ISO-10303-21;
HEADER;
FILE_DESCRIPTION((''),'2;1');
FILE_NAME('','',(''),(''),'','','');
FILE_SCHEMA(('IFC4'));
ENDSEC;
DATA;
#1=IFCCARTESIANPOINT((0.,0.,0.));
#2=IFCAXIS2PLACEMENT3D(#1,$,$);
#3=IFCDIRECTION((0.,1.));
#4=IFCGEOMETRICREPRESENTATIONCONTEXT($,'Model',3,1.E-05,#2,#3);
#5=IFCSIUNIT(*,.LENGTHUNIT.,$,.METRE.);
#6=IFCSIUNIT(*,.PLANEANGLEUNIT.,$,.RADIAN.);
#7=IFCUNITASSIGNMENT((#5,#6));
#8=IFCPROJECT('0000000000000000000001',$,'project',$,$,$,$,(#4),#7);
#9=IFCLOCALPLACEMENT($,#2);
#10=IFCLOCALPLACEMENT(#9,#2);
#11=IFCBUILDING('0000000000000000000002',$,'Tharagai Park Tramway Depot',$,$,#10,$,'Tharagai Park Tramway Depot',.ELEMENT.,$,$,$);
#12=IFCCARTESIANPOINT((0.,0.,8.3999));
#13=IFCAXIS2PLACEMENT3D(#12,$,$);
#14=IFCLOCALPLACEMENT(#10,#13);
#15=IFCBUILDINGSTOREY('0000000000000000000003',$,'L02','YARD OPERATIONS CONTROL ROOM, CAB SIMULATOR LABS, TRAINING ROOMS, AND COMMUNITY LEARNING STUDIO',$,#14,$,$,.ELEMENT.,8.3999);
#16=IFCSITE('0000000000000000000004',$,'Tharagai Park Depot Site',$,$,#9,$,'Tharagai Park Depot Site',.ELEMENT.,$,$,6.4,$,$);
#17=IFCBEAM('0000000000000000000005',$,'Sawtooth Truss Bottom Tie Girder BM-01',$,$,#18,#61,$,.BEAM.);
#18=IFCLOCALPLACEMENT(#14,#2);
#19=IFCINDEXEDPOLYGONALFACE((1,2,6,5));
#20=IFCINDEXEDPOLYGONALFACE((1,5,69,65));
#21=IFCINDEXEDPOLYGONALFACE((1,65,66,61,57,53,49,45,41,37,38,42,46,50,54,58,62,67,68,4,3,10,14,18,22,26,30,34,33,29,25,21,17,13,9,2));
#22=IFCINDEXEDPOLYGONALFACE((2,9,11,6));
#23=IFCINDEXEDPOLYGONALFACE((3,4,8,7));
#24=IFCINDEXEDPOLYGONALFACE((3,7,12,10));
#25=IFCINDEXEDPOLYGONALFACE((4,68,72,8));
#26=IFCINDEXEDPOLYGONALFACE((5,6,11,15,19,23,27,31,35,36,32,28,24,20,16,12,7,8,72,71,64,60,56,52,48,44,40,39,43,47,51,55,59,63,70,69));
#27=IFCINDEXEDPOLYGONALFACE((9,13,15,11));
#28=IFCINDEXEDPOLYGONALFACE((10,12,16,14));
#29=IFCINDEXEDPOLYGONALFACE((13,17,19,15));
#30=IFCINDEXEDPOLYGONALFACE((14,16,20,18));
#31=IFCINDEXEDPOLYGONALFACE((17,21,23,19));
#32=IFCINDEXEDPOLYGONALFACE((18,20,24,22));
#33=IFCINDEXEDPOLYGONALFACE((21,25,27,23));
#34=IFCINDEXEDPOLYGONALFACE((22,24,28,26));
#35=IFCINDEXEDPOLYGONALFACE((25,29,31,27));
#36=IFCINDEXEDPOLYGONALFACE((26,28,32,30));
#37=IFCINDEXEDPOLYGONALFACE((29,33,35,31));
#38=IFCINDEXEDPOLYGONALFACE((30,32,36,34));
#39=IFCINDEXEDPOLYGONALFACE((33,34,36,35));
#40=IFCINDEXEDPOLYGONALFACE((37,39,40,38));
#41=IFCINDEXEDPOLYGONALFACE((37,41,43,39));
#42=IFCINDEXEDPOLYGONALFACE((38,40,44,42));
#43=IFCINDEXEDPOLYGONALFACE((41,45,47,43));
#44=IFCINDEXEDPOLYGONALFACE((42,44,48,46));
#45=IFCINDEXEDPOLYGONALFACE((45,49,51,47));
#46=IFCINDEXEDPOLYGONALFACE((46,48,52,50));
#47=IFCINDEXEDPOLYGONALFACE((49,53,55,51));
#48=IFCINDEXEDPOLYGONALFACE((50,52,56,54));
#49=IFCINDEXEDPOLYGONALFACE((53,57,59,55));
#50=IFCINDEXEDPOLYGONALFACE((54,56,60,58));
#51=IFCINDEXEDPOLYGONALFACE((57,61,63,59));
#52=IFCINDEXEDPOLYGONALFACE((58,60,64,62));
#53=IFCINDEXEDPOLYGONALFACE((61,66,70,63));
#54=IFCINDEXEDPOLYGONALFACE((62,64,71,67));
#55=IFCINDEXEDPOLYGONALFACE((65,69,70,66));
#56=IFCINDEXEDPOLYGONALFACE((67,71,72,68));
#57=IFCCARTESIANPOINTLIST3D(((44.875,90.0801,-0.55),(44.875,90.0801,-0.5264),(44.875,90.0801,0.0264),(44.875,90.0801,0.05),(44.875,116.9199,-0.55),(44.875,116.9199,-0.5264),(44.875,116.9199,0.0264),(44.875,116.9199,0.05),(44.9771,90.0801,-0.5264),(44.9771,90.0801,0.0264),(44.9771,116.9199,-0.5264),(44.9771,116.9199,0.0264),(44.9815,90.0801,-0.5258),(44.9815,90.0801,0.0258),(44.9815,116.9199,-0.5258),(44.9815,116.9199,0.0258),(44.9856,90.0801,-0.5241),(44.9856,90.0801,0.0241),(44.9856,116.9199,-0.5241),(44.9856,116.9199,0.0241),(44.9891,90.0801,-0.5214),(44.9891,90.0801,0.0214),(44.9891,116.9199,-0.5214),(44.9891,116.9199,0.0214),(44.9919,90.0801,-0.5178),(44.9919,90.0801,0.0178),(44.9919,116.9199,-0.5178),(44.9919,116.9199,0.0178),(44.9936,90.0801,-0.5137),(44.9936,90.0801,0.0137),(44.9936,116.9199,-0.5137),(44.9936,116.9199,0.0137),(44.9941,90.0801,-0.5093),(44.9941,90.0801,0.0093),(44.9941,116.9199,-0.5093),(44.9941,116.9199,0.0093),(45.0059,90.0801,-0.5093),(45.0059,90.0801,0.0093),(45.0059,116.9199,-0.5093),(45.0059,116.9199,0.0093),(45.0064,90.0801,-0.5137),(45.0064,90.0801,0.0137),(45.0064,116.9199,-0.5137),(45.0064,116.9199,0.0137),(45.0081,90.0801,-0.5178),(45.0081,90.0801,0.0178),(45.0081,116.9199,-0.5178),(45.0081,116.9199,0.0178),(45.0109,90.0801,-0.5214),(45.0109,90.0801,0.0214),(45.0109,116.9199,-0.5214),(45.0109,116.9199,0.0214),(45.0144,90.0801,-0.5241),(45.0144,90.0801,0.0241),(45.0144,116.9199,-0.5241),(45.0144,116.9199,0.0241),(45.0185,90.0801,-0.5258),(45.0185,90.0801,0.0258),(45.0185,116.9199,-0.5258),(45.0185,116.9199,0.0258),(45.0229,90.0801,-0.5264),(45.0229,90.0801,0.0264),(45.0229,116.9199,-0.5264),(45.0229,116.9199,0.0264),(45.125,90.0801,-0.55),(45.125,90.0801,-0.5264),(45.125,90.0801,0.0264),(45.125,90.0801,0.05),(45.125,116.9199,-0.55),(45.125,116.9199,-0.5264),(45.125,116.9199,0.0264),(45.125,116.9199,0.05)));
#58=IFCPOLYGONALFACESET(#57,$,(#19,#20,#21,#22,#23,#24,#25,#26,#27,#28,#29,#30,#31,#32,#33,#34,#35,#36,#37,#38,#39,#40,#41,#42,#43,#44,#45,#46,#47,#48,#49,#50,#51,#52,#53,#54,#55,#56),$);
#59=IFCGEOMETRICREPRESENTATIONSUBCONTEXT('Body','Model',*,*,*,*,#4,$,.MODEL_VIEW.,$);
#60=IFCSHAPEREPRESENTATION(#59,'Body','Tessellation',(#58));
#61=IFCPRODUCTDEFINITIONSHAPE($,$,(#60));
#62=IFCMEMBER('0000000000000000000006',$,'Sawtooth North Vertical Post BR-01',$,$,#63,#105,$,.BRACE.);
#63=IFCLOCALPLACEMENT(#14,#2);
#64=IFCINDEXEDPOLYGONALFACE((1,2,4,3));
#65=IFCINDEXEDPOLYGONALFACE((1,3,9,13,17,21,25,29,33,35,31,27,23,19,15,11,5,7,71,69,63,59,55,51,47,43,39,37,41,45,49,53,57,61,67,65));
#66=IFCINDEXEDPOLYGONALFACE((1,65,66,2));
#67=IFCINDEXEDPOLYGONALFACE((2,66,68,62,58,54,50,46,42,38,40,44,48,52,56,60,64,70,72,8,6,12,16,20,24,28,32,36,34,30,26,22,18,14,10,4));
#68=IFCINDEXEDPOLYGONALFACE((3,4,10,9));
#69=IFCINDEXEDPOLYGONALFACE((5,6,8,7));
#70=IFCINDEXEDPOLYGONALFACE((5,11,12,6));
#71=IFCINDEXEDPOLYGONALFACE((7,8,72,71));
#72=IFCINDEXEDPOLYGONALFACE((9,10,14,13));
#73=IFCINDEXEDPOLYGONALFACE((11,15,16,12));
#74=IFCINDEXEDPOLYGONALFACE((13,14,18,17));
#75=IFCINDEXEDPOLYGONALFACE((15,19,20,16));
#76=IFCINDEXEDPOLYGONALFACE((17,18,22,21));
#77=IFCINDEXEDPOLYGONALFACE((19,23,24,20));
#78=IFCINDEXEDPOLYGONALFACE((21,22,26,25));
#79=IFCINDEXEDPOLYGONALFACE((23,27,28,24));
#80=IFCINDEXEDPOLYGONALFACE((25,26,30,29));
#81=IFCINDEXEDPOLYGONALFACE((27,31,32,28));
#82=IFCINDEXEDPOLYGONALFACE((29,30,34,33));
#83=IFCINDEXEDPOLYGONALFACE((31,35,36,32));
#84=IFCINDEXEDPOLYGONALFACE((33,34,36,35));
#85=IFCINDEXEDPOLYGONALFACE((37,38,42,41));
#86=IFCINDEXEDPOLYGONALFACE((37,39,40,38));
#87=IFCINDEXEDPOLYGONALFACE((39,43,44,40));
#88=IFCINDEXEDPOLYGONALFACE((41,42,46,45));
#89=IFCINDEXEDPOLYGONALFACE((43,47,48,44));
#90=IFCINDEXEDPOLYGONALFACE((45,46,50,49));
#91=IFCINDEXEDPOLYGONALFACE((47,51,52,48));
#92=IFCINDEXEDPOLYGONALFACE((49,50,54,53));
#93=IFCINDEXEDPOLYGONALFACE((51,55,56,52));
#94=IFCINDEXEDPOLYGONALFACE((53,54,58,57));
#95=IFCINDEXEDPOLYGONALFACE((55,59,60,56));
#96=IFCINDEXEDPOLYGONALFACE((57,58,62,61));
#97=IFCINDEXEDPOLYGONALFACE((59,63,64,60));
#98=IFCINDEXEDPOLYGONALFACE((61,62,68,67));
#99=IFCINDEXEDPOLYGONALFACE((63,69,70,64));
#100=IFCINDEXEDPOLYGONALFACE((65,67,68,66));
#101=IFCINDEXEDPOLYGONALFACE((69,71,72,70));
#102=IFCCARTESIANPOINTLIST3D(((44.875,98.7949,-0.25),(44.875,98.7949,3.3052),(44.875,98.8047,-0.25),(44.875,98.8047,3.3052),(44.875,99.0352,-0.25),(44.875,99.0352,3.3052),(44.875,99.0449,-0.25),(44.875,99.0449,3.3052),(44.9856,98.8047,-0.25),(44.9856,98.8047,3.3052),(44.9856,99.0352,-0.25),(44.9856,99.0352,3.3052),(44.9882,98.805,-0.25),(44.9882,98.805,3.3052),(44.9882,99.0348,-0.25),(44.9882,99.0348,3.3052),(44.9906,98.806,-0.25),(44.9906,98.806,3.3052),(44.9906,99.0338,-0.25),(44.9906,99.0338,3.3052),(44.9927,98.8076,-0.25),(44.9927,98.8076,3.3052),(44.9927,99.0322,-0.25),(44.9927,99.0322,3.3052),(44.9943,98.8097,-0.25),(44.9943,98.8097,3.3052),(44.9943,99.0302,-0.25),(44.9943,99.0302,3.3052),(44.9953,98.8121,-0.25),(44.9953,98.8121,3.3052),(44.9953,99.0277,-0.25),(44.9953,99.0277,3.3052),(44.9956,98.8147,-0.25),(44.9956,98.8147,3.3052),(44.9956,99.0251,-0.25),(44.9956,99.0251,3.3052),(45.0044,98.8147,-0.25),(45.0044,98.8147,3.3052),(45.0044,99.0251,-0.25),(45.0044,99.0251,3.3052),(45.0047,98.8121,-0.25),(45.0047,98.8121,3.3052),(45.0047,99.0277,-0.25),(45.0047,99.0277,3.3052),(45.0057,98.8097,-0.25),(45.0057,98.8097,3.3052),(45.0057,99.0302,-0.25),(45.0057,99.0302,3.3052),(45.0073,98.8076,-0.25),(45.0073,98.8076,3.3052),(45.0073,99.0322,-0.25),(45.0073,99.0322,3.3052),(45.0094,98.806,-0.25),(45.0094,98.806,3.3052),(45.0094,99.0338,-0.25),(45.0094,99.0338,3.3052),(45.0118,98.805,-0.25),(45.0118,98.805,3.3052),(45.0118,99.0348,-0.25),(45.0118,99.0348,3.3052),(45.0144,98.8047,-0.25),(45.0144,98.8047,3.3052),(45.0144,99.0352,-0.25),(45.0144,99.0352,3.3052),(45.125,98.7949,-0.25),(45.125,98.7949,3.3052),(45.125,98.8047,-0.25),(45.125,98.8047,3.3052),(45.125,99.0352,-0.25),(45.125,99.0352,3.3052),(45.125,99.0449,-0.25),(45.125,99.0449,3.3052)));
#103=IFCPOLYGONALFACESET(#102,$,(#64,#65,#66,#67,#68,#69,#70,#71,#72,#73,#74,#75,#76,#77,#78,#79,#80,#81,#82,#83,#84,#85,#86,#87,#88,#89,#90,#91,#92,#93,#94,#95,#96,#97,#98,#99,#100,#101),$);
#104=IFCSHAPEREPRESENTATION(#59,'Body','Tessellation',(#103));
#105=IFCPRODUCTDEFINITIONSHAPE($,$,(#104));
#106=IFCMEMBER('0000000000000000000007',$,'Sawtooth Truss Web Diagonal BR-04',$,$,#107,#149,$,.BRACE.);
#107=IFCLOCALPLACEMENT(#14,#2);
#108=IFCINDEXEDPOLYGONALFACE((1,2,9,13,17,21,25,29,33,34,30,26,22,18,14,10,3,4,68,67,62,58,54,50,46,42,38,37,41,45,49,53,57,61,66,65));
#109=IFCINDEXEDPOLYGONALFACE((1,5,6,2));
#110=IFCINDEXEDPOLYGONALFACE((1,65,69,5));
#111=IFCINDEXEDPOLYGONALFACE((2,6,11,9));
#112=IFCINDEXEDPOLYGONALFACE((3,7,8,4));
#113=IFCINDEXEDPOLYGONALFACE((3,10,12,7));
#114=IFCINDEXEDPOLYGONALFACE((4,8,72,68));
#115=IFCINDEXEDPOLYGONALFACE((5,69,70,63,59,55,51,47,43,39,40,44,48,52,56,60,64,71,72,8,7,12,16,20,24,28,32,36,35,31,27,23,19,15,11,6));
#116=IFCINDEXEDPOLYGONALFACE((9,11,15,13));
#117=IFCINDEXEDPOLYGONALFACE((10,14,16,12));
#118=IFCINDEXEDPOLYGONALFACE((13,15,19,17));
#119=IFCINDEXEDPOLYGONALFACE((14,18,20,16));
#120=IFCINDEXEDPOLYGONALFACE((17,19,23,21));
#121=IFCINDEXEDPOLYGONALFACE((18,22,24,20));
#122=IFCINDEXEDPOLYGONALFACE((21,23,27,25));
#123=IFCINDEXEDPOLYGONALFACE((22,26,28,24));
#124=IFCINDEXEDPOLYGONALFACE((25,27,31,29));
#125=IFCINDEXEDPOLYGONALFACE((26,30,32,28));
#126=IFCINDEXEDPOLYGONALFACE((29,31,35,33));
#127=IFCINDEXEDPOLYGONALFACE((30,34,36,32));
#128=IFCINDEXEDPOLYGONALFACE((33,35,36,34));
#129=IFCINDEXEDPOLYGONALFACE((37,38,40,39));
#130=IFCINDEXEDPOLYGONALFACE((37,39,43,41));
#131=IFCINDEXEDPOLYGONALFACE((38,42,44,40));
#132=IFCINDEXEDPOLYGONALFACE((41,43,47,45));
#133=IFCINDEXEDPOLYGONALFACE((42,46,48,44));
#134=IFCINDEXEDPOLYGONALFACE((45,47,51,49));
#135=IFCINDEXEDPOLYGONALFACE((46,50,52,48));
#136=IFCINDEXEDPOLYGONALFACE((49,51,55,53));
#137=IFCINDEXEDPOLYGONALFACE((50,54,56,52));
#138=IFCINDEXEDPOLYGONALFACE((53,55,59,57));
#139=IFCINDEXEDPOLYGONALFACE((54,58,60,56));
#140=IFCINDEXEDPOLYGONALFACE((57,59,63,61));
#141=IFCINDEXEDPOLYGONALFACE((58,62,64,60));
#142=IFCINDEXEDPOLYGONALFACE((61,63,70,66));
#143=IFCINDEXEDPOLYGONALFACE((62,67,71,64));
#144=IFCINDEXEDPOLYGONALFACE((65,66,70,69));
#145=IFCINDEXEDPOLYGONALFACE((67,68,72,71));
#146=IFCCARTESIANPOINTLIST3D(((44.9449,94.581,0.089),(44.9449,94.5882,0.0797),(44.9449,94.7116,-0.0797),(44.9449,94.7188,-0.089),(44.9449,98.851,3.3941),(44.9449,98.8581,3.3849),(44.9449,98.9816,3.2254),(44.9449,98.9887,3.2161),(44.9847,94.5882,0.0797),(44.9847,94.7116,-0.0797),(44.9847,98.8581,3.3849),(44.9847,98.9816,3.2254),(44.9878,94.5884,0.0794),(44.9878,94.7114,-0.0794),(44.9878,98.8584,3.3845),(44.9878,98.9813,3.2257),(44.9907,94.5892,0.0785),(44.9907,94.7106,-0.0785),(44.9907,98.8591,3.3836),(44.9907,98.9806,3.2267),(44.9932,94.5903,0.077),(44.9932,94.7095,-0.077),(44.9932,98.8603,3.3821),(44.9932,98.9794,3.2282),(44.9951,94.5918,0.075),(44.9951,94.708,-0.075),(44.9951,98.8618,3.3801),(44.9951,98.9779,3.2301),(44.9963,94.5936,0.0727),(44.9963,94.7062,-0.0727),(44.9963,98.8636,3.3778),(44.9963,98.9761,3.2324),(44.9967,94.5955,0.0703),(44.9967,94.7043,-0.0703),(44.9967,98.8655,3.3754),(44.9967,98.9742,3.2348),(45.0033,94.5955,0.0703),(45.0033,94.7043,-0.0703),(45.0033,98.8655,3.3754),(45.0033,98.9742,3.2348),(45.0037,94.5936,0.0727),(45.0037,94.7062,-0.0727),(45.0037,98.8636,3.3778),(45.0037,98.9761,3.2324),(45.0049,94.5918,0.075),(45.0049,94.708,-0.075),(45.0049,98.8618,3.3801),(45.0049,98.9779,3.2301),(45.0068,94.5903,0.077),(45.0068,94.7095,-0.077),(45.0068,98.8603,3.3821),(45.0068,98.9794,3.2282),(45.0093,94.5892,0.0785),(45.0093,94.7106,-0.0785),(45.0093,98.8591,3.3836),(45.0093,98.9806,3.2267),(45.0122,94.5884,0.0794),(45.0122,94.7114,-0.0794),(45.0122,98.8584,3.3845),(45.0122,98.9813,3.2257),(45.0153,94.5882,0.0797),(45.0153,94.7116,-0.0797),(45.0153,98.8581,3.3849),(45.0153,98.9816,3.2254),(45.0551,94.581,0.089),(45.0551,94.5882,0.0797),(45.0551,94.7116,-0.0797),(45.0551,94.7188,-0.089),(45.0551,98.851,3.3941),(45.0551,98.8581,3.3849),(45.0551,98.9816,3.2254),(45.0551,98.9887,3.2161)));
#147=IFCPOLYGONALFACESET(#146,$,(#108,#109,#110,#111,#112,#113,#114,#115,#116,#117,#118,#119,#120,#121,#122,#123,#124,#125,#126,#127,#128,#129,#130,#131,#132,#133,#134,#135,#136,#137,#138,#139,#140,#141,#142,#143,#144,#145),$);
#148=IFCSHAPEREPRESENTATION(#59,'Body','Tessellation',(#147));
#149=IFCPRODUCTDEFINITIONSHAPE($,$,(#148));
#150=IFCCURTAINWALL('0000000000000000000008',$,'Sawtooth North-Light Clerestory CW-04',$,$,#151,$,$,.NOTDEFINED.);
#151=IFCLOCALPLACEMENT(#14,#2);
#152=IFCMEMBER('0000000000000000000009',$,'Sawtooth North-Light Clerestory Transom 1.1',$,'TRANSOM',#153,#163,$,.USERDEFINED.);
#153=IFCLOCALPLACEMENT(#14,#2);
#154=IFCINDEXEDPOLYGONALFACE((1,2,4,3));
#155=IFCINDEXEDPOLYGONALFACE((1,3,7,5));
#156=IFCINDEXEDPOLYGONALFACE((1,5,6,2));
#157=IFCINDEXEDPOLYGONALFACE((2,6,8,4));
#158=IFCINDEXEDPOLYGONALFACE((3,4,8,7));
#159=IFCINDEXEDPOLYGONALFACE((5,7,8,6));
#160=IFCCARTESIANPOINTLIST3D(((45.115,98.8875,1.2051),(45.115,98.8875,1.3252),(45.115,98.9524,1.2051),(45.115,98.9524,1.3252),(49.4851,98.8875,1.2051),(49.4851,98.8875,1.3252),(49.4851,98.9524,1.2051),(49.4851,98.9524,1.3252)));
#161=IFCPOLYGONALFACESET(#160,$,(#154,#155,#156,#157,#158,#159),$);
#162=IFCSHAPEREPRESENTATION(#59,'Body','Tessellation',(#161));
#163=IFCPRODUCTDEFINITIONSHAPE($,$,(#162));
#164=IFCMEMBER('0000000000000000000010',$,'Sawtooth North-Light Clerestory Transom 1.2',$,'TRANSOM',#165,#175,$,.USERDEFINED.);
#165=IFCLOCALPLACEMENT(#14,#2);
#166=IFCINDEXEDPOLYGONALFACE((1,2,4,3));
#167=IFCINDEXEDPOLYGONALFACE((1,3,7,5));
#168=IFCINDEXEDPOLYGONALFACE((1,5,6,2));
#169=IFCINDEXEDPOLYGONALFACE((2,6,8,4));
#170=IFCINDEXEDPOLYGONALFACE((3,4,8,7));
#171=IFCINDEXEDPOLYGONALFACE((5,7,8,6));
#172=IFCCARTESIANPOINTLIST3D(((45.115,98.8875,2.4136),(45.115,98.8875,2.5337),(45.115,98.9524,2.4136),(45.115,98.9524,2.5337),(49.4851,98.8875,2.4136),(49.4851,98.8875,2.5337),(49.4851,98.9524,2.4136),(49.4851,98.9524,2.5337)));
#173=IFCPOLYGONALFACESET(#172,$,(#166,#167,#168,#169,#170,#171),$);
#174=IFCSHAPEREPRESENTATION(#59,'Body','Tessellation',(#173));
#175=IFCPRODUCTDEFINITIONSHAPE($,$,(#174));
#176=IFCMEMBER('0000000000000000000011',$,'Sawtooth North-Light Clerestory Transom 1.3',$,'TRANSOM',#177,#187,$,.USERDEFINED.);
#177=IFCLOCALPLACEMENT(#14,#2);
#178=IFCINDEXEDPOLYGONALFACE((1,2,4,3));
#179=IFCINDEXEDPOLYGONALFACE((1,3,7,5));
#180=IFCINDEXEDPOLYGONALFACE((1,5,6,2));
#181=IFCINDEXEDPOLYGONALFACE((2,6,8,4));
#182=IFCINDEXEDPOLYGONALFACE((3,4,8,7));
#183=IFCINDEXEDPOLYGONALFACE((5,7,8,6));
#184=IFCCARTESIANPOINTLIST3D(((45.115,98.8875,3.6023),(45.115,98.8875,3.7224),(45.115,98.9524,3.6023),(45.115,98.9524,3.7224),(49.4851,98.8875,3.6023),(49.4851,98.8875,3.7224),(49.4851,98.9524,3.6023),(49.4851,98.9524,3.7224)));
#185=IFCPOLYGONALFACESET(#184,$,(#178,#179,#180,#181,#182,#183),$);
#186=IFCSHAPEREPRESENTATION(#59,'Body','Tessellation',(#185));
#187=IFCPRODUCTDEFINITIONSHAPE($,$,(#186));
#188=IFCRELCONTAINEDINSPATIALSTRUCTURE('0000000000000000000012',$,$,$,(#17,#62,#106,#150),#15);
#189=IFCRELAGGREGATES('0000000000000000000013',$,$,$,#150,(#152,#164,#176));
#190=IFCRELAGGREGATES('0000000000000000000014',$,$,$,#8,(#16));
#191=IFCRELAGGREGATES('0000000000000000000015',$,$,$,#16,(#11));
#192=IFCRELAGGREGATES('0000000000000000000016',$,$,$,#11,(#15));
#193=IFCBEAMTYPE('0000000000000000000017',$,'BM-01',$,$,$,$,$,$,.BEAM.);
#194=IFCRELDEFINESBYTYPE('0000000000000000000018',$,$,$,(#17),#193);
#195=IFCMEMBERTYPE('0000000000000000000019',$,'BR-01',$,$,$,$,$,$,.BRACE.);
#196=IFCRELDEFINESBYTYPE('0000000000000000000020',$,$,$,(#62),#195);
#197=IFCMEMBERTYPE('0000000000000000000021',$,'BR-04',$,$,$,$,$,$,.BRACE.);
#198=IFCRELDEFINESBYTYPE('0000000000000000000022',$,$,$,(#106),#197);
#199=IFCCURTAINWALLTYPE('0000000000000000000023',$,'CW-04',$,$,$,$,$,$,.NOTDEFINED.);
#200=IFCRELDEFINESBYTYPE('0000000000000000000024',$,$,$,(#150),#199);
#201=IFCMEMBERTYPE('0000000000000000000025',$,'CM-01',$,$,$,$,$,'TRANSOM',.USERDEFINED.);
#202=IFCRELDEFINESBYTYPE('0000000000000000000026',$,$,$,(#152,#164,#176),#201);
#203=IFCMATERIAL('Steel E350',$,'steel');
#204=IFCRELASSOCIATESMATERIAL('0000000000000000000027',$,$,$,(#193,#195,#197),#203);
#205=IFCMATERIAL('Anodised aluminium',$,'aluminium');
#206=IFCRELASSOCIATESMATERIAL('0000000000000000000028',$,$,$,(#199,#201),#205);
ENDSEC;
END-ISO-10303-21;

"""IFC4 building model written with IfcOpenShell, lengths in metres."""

from ifc_helpers import new_model, si_unit, direction, frame, origin, origin_2d, place, context, subcontext, project, spatial, rectangle, i_section, extrude, material, material_profile, profile_set, type_object, element, aggregate, save


model = new_model("IFC4")

# Units and contexts
model_context = context("Model", 3, precision=1e-05, world=origin(), true_north=direction((0.0, 1.0)))
body_context = subcontext(model_context, "Body", "Model", "MODEL_VIEW")
ifc_project = project(units=[si_unit("LENGTHUNIT", "METRE"), si_unit("PLANEANGLEUNIT", "RADIAN")], contexts=[model_context])

# Site, building, storey
site_placement = place(None, origin())
site = spatial("IfcSite", under=ifc_project, at=site_placement, Name="Tharagai Park Depot Site", LongName="Tharagai Park Depot Site", CompositionType="ELEMENT", RefElevation=6.4)
building_placement = place(site_placement, origin())
building = spatial("IfcBuilding", under=site, at=building_placement, Name="Tharagai Park Tramway Depot", LongName="Tharagai Park Tramway Depot", CompositionType="ELEMENT")
storey_placement = place(building_placement, frame((0.0, 0.0, 8.3999)))
storey = spatial("IfcBuildingStorey", under=building, at=storey_placement, Name="L02", Description="YARD OPERATIONS CONTROL ROOM, CAB SIMULATOR LABS, TRAINING ROOMS, AND COMMUNITY LEARNING STUDIO", CompositionType="ELEMENT", Elevation=8.3999)

# Beam
ifc_material_1 = material(Name="Steel E350", Category="steel")
ifc_material_profile_1 = material_profile(ifc_material_1, i_section(OverallWidth=0.25, OverallDepth=0.6001, WebThickness=0.0117, FlangeThickness=0.0237, FilletRadius=0.0171, at=origin_2d()), Name="ISWB 600")
ifc_profile_set_1 = profile_set([ifc_material_profile_1], Name="Steel E350")
beam_type = type_object("IfcBeamType", Name="BM-01", PredefinedType="BEAM", material=ifc_profile_set_1)
beam_placement = place(storey_placement, frame((45.0, 90.0801, -0.25), z_axis=(0.0, 1.0, 0.0), x_axis=(-1.0, 0.0, 0.0)))
element("IfcBeam", 1, at=beam_placement, inside=storey, type_object=beam_type, Name="Sawtooth Truss Bottom Tie Girder BM-01", PredefinedType="BEAM", context=body_context, shape_type="SweptSolid", body=[
    extrude(i_section(OverallWidth=0.25, OverallDepth=0.6001, WebThickness=0.0117, FlangeThickness=0.0237, FilletRadius=0.0171, at=origin_2d()), origin(), (0.0, 0.0, 1.0), 26.8398),
])

# Members
ifc_material_profile_2 = material_profile(ifc_material_1, i_section(OverallWidth=0.25, OverallDepth=0.25, WebThickness=0.0088, FlangeThickness=0.0098, FilletRadius=0.01, at=origin_2d()), Name="ISHB 250")
ifc_profile_set_2 = profile_set([ifc_material_profile_2], Name="Steel E350")
member_type_1 = type_object("IfcMemberType", Name="BR-01", PredefinedType="BRACE", material=ifc_profile_set_2)
member_1_placement = place(storey_placement, frame((45.0, 98.9199, -0.25), z_axis=(0.0, 0.0, 1.0), x_axis=(1.0, 0.0, 0.0)))
element("IfcMember", 2, at=member_1_placement, inside=storey, type_object=member_type_1, Name="Sawtooth North Vertical Post BR-01", PredefinedType="BRACE", context=body_context, shape_type="SweptSolid", body=[
    extrude(i_section(OverallWidth=0.25, OverallDepth=0.25, WebThickness=0.0088, FlangeThickness=0.0098, FilletRadius=0.01, at=origin_2d()), origin(), (0.0, 0.0, 1.0), 3.5552),
])
ifc_material_profile_3 = material_profile(ifc_material_1, i_section(OverallWidth=0.1101, OverallDepth=0.2251, WebThickness=0.0066, FlangeThickness=0.0117, FilletRadius=0.012, at=origin_2d()), Name="ISMB 225")
ifc_profile_set_3 = profile_set([ifc_material_profile_3], Name="Steel E350")
member_type_2 = type_object("IfcMemberType", Name="BR-04", PredefinedType="BRACE", material=ifc_profile_set_3)
member_2_placement = place(storey_placement, frame((45.0, 94.6499, 0.0), z_axis=(0.0, 0.790782, 0.612098), x_axis=(-1.0, 0.0, 0.0)))
element("IfcMember", 3, at=member_2_placement, inside=storey, type_object=member_type_2, Name="Sawtooth Truss Web Diagonal BR-04", PredefinedType="BRACE", context=body_context, shape_type="SweptSolid", body=[
    extrude(i_section(OverallWidth=0.1101, OverallDepth=0.2251, WebThickness=0.0066, FlangeThickness=0.0117, FilletRadius=0.012, at=origin_2d()), origin(), (0.0, 0.0, 1.0), 5.3997),
])

# Curtain wall, members
ifc_material_2 = material(Name="Anodised aluminium", Category="aluminium")
curtain_wall_type = type_object("IfcCurtainWallType", Name="CW-04", PredefinedType="NOTDEFINED", material=ifc_material_2)
curtain_wall_1_placement = place(storey_placement, origin())
curtain_wall_1 = element("IfcCurtainWall", 4, at=curtain_wall_1_placement, inside=storey, type_object=curtain_wall_type, Name="Sawtooth North-Light Clerestory CW-04", PredefinedType="NOTDEFINED")
ifc_material_profile_4 = material_profile(ifc_material_2, rectangle(XDim=0.0649, YDim=0.1201, at=origin_2d()), Name="ALU 65x120")
ifc_profile_set_4 = profile_set([ifc_material_profile_4], Name="Anodised aluminium")
member_type_3 = type_object("IfcMemberType", Name="CM-01", ElementType="TRANSOM", PredefinedType="USERDEFINED", material=ifc_profile_set_4)
member_3_placement = place(storey_placement, frame((45.115, 98.9199, 1.2651), z_axis=(1.0, 0.0, 0.0), x_axis=(0.0, 1.0, 0.0)))
member_3 = element("IfcMember", 5, at=member_3_placement, type_object=member_type_3, Name="Sawtooth North-Light Clerestory Transom 1.1", ObjectType="TRANSOM", PredefinedType="USERDEFINED", context=body_context, shape_type="SweptSolid", body=[
    extrude(rectangle(XDim=0.0649, YDim=0.1201, at=origin_2d()), origin(), (0.0, 0.0, 1.0), 4.3701),
])
member_4_placement = place(storey_placement, frame((45.115, 98.9199, 2.4736), z_axis=(1.0, 0.0, 0.0), x_axis=(0.0, 1.0, 0.0)))
member_4 = element("IfcMember", 6, at=member_4_placement, type_object=member_type_3, Name="Sawtooth North-Light Clerestory Transom 1.2", ObjectType="TRANSOM", PredefinedType="USERDEFINED", context=body_context, shape_type="SweptSolid", body=[
    extrude(rectangle(XDim=0.0649, YDim=0.1201, at=origin_2d()), origin(), (0.0, 0.0, 1.0), 4.3701),
])
member_5_placement = place(storey_placement, frame((45.115, 98.9199, 3.6624), z_axis=(1.0, 0.0, 0.0), x_axis=(0.0, 1.0, 0.0)))
member_5 = element("IfcMember", 7, at=member_5_placement, type_object=member_type_3, Name="Sawtooth North-Light Clerestory Transom 1.3", ObjectType="TRANSOM", PredefinedType="USERDEFINED", context=body_context, shape_type="SweptSolid", body=[
    extrude(rectangle(XDim=0.0649, YDim=0.1201, at=origin_2d()), origin(), (0.0, 0.0, 1.0), 4.3701),
])

aggregate(curtain_wall_1, [member_3, member_4, member_5])

save(model, "model.ifc")
